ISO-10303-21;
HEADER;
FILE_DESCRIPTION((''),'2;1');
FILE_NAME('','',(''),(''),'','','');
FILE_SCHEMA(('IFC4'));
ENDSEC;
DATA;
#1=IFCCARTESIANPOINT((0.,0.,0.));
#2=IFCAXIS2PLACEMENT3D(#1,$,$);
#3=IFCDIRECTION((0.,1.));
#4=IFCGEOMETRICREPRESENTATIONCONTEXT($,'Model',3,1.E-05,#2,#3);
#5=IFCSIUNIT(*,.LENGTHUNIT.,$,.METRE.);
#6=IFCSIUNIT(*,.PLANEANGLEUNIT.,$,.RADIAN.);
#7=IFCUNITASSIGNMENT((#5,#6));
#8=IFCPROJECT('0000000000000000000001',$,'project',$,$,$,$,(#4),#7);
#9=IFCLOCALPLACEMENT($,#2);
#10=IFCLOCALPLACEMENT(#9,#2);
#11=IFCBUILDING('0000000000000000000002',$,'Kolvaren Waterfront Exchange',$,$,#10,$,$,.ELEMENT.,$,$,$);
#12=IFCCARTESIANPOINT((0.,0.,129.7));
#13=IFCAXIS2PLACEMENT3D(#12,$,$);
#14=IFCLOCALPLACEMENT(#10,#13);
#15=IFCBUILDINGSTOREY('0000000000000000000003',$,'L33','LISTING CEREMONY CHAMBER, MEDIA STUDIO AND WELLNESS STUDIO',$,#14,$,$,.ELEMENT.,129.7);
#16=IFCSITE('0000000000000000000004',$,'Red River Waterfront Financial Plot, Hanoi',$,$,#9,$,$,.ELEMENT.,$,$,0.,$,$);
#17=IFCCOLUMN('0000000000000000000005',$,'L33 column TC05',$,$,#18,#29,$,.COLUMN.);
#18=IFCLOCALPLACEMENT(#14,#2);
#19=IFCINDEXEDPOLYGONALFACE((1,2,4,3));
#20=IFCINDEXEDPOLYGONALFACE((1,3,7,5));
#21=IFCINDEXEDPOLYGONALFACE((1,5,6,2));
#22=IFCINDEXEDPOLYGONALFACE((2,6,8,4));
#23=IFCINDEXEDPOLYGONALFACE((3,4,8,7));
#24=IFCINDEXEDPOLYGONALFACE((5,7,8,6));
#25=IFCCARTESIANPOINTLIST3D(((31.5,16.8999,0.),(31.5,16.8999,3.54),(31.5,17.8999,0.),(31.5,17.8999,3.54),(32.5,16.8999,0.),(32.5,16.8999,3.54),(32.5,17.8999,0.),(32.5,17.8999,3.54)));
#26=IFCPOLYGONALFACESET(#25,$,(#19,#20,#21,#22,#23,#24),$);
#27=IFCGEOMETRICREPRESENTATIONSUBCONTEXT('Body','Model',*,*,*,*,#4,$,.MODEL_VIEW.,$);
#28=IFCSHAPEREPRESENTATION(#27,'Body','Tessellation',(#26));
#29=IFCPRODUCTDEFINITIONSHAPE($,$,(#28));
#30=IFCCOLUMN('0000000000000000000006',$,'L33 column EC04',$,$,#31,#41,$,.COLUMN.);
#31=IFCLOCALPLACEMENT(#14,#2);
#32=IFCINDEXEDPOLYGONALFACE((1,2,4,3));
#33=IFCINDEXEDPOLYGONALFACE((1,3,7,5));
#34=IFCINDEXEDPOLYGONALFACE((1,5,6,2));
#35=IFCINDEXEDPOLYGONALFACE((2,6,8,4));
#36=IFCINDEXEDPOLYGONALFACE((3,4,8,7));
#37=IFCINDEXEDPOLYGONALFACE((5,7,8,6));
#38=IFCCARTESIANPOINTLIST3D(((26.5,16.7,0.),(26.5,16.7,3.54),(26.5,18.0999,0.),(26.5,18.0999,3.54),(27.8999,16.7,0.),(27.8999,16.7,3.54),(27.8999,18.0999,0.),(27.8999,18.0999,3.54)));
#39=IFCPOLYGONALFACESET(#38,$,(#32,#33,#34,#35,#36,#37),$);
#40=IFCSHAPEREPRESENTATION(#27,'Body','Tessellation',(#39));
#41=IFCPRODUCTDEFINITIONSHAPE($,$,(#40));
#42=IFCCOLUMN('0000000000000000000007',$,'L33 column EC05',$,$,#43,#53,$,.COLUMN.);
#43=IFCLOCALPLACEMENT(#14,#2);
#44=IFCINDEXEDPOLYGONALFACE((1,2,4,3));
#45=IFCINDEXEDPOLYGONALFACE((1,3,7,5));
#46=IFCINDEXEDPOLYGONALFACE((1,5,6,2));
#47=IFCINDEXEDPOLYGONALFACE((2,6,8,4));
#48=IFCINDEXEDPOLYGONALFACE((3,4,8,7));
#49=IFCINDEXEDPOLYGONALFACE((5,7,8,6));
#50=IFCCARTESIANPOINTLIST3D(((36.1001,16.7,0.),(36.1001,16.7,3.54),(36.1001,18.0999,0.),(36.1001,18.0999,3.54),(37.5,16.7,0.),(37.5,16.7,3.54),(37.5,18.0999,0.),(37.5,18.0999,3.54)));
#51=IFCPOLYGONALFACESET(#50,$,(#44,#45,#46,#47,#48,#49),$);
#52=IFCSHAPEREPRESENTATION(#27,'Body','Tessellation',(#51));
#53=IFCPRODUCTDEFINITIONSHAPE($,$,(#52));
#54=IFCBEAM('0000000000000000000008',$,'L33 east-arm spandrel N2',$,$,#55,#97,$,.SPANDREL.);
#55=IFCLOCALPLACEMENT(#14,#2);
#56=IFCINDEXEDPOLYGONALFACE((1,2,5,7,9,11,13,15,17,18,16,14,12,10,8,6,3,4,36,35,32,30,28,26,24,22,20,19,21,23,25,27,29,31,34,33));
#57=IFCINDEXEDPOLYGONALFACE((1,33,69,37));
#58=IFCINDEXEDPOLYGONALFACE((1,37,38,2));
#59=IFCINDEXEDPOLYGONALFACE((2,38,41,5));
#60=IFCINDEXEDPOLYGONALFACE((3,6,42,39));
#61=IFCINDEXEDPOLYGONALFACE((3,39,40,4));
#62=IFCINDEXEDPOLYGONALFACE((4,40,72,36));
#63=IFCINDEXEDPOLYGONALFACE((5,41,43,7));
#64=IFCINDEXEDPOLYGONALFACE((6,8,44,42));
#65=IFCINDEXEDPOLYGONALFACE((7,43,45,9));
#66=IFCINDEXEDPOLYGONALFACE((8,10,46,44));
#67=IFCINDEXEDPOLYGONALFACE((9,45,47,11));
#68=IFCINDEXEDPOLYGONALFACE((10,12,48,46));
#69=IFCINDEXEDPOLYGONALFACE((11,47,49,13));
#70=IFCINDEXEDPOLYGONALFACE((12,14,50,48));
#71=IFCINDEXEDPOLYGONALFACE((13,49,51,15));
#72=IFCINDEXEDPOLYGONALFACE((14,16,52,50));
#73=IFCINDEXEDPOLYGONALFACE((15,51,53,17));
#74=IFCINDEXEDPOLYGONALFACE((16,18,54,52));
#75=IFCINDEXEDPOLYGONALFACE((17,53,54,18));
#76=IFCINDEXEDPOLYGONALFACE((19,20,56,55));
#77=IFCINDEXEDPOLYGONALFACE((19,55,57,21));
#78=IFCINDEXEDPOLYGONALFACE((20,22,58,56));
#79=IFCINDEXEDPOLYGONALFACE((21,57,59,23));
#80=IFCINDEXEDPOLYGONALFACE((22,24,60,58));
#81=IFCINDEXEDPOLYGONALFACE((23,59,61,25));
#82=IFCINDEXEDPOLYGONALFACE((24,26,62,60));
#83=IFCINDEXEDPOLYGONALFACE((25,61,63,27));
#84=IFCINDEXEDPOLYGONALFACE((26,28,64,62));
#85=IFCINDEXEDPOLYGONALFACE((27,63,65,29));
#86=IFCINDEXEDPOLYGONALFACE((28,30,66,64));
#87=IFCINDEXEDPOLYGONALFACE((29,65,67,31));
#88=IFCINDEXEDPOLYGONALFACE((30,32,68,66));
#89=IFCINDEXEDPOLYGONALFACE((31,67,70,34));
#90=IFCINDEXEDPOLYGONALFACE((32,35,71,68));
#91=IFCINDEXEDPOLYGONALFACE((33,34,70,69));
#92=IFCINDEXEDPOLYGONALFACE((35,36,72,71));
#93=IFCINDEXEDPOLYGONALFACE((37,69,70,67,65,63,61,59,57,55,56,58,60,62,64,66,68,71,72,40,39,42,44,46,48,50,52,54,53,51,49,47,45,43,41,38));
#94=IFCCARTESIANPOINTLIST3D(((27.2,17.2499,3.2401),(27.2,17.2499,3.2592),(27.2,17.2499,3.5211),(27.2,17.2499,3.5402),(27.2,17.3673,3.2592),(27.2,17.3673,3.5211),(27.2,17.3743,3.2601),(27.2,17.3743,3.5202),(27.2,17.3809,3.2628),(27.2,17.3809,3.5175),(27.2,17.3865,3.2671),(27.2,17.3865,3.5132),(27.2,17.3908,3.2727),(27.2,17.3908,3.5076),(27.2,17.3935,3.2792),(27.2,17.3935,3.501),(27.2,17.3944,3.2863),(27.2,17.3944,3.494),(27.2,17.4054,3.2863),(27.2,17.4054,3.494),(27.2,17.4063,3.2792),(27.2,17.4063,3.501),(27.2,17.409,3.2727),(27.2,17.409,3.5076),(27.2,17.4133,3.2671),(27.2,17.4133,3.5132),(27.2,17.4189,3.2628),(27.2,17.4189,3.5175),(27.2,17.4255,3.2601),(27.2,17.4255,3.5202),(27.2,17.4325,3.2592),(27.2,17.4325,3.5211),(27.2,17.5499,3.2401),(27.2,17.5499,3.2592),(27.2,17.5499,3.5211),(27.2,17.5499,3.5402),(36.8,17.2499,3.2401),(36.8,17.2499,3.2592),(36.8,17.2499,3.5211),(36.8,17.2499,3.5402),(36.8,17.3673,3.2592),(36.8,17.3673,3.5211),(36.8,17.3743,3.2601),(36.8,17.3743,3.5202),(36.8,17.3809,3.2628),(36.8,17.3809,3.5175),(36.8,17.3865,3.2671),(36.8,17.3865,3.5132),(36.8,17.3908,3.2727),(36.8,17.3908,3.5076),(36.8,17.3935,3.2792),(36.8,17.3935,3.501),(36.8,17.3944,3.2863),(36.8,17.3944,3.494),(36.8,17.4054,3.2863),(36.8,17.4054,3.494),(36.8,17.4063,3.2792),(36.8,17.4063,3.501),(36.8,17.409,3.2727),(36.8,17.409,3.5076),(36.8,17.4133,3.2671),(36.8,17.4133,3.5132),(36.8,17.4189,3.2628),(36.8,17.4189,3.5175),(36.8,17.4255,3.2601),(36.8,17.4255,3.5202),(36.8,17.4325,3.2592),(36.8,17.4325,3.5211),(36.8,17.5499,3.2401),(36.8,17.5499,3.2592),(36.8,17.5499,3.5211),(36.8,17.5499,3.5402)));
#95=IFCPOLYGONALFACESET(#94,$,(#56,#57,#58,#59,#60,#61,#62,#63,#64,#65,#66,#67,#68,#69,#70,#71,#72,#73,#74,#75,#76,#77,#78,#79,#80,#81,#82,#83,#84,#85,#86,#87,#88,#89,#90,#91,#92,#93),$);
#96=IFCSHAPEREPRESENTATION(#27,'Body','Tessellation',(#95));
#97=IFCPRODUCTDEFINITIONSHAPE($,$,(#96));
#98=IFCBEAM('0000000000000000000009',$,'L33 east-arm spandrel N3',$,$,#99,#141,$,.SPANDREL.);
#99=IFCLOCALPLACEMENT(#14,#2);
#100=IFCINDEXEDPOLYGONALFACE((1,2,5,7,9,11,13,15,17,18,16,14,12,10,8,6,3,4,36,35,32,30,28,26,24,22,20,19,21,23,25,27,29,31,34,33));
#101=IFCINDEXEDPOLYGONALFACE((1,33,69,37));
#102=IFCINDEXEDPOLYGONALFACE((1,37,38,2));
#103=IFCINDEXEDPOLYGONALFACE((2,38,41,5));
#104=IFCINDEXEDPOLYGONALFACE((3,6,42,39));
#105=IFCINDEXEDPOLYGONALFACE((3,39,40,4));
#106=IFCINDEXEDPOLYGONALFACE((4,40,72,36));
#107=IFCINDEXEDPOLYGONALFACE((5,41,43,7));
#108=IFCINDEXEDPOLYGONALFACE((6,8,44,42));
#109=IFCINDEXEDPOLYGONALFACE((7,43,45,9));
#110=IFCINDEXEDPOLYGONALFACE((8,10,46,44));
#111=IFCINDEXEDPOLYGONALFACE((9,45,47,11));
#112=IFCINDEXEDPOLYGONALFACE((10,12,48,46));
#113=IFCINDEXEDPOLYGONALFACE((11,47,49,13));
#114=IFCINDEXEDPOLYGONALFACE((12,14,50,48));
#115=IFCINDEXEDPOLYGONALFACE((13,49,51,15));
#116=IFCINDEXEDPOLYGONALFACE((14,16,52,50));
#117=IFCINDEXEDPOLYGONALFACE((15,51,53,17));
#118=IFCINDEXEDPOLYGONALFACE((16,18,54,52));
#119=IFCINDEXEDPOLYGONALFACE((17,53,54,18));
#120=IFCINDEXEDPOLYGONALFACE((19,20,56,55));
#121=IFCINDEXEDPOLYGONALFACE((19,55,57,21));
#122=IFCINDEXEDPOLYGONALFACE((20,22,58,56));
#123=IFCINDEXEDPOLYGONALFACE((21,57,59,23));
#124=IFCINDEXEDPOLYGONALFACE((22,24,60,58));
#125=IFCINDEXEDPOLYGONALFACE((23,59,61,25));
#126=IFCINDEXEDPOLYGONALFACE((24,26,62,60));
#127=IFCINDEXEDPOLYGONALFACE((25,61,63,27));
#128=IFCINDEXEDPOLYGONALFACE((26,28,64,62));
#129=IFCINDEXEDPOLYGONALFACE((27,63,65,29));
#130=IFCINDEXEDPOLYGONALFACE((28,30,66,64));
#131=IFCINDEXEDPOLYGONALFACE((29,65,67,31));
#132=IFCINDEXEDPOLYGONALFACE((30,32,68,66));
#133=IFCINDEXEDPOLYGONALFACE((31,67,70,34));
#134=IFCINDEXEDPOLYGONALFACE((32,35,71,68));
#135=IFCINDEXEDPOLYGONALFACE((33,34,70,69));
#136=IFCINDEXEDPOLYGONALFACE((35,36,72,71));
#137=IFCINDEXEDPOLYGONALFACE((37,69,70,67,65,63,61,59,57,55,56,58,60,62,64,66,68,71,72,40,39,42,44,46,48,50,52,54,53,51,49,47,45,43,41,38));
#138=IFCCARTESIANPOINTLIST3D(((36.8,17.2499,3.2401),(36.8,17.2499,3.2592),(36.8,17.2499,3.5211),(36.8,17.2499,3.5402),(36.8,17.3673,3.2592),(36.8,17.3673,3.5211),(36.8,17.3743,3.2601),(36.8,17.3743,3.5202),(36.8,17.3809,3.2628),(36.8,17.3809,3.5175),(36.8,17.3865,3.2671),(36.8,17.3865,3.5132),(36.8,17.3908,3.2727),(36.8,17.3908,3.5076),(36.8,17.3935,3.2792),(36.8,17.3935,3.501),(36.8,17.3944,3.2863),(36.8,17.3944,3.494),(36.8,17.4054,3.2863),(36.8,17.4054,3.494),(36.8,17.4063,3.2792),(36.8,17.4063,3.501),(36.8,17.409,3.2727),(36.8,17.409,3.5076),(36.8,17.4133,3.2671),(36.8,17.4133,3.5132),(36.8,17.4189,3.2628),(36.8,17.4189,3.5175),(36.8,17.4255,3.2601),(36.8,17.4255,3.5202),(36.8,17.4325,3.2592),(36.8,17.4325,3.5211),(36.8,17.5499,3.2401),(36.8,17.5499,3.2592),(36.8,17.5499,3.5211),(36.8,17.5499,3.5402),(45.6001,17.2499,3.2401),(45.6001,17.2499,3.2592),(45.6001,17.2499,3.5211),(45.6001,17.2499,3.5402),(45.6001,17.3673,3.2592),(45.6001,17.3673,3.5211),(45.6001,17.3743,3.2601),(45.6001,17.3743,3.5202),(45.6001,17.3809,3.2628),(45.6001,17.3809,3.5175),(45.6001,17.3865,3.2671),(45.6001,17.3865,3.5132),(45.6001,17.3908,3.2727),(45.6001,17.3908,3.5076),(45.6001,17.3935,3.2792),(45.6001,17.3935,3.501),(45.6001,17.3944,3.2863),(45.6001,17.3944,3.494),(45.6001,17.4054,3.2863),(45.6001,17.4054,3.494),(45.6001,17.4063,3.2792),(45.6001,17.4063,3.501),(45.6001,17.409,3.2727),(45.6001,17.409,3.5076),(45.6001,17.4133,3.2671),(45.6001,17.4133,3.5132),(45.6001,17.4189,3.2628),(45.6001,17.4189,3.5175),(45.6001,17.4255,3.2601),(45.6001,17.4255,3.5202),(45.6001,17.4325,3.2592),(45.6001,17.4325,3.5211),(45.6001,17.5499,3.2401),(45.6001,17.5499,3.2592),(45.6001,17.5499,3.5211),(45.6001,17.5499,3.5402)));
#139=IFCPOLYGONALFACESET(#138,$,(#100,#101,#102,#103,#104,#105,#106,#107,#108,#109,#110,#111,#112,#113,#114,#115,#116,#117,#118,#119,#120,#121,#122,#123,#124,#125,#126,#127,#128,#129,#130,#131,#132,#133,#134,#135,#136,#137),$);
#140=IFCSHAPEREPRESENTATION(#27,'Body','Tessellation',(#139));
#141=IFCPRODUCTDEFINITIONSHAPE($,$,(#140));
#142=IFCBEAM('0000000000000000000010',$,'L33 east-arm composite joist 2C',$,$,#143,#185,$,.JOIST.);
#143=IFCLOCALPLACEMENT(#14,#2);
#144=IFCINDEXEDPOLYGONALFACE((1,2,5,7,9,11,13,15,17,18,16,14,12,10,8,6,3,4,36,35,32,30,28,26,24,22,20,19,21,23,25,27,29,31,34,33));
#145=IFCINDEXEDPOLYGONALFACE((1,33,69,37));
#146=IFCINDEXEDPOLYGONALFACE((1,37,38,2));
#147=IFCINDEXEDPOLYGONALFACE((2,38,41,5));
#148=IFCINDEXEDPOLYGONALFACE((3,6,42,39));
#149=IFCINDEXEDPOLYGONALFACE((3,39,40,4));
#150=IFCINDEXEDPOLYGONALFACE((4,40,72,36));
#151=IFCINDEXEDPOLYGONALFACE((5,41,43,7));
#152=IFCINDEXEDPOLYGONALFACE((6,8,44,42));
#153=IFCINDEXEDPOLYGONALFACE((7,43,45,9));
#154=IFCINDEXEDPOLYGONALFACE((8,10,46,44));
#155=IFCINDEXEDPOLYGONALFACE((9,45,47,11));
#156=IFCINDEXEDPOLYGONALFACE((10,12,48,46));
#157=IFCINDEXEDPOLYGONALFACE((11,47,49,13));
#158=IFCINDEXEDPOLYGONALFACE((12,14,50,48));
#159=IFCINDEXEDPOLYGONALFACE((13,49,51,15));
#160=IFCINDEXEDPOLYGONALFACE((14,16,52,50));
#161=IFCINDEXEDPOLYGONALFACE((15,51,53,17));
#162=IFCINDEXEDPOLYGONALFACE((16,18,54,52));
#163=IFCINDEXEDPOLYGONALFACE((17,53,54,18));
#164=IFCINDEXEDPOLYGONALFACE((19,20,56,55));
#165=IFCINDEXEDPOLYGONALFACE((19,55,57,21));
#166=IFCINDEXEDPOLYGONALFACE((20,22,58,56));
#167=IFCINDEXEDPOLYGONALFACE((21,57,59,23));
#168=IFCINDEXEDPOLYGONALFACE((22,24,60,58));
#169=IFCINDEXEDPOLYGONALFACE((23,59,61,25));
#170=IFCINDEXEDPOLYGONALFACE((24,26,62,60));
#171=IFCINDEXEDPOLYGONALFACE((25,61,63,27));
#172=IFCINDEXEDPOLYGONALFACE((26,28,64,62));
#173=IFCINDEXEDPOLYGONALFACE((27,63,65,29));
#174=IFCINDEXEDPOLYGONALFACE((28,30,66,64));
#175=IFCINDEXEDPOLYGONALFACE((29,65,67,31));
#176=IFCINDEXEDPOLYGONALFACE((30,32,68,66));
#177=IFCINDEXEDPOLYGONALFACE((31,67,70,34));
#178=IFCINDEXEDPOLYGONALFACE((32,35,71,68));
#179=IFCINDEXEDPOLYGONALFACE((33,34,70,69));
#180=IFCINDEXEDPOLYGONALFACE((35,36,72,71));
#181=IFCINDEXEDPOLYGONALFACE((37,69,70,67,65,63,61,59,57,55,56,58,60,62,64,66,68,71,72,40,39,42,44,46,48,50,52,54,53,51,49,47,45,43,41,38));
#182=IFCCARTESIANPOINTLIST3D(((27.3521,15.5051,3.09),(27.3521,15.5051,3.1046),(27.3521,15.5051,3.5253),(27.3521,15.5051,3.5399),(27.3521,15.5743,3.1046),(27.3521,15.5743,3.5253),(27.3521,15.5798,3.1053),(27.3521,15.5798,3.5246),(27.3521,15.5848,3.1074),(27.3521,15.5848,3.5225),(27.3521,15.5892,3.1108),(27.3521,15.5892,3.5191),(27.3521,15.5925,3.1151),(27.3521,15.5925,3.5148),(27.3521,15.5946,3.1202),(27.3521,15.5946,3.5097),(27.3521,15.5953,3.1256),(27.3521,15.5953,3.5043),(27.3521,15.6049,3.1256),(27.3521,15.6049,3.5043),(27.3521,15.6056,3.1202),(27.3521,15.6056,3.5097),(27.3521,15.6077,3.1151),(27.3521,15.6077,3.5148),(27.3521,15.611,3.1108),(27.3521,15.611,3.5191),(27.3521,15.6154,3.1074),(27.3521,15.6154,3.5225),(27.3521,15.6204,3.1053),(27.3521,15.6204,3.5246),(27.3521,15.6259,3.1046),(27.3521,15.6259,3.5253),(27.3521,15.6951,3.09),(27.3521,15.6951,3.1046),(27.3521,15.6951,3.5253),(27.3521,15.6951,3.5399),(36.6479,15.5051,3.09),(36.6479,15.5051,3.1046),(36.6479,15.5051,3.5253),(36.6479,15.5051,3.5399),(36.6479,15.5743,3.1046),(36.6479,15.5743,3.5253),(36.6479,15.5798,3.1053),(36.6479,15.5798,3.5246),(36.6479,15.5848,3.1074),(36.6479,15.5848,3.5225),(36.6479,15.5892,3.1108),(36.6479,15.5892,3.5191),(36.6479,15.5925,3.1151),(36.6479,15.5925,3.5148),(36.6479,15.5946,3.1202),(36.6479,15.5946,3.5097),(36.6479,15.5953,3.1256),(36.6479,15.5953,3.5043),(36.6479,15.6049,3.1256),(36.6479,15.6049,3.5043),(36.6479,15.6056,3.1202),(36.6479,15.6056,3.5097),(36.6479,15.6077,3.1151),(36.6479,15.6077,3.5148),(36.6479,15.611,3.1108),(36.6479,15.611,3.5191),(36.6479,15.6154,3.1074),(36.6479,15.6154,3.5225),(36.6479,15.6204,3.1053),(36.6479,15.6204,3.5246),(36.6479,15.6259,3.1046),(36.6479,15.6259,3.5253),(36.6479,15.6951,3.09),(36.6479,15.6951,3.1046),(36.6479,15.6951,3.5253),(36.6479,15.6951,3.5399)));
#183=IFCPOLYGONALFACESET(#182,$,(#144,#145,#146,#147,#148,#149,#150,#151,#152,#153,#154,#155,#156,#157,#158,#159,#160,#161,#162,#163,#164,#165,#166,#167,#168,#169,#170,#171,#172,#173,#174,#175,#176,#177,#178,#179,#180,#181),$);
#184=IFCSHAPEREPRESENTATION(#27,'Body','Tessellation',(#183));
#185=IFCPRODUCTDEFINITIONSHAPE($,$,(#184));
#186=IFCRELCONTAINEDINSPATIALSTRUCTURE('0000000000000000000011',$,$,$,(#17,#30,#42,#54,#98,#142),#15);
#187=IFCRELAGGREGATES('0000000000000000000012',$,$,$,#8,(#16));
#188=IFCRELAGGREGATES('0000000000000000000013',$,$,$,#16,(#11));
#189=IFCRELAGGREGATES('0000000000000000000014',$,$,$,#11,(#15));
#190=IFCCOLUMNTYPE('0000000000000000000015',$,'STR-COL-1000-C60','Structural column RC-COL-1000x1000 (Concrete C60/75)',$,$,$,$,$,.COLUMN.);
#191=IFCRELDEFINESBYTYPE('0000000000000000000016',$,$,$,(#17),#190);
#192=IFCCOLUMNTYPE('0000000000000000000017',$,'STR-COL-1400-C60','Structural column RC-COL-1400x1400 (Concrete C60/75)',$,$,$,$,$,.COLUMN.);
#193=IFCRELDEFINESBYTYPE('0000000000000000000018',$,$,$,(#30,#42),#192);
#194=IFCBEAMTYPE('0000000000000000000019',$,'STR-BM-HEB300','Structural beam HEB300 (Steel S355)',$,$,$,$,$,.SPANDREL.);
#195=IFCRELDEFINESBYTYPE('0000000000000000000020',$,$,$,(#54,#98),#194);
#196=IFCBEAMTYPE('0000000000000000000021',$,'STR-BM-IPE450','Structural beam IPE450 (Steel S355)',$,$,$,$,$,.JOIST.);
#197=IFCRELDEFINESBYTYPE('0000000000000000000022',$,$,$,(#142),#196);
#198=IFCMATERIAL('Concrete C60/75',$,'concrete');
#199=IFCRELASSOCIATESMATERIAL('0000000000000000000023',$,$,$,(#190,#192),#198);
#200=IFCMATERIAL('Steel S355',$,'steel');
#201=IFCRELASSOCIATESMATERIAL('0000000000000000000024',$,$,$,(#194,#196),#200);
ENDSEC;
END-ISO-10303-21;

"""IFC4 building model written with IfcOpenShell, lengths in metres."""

from ifc_helpers import new_model, si_unit, direction, frame, origin, origin_2d, place, context, subcontext, project, spatial, rectangle, i_section, extrude, material, material_profile, profile_set, type_object, element, save


model = new_model("IFC4")

# Units and contexts
model_context = context("Model", 3, precision=1e-05, world=origin(), true_north=direction((0.0, 1.0)))
body_context = subcontext(model_context, "Body", "Model", "MODEL_VIEW")
ifc_project = project(units=[si_unit("LENGTHUNIT", "METRE"), si_unit("PLANEANGLEUNIT", "RADIAN")], contexts=[model_context])

# Site, building, storey
site_placement = place(None, origin())
site = spatial("IfcSite", under=ifc_project, at=site_placement, Name="Red River Waterfront Financial Plot, Hanoi", CompositionType="ELEMENT", RefElevation=0.0)
building_placement = place(site_placement, origin())
building = spatial("IfcBuilding", under=site, at=building_placement, Name="Kolvaren Waterfront Exchange", CompositionType="ELEMENT")
storey_placement = place(building_placement, frame((0.0, 0.0, 129.7)))
storey = spatial("IfcBuildingStorey", under=building, at=storey_placement, Name="L33", Description="LISTING CEREMONY CHAMBER, MEDIA STUDIO AND WELLNESS STUDIO", CompositionType="ELEMENT", Elevation=129.7)

# Columns
ifc_material_1 = material(Name="Concrete C60/75", Category="concrete")
ifc_material_profile_1 = material_profile(ifc_material_1, rectangle(XDim=1.0, YDim=1.0, at=origin_2d()), Name="RC-COL-1000x1000")
ifc_profile_set_1 = profile_set([ifc_material_profile_1], Name="Concrete C60/75")
column_type_1 = type_object("IfcColumnType", Name="STR-COL-1000-C60", Description="Structural column RC-COL-1000x1000 (Concrete C60/75)", PredefinedType="COLUMN", material=ifc_profile_set_1)
column_placement = place(storey_placement, frame((32.0, 17.3999, 0.0), z_axis=(0.0, 0.0, 1.0), x_axis=(1.0, 0.0, 0.0)))
element("IfcColumn", 1, at=column_placement, inside=storey, type_object=column_type_1, Name="L33 column TC05", PredefinedType="COLUMN", context=body_context, shape_type="SweptSolid", body=[
    extrude(rectangle(XDim=1.0, YDim=1.0, at=origin_2d()), origin(), (0.0, 0.0, 1.0), 3.54),
])
ifc_material_profile_2 = material_profile(ifc_material_1, rectangle(XDim=1.3999, YDim=1.3999, at=origin_2d()), Name="RC-COL-1400x1400")
ifc_profile_set_2 = profile_set([ifc_material_profile_2], Name="Concrete C60/75")
column_type_2 = type_object("IfcColumnType", Name="STR-COL-1400-C60", Description="Structural column RC-COL-1400x1400 (Concrete C60/75)", PredefinedType="COLUMN", material=ifc_profile_set_2)
for number, where, z_axis, x_axis, name in (
    (2, (27.2, 17.3999, 0.0), (0.0, 0.0, 1.0), (1.0, 0.0, 0.0), "L33 column EC04"),
    (3, (36.8, 17.3999, 0.0), (0.0, 0.0, 1.0), (1.0, 0.0, 0.0), "L33 column EC05"),
):
    element("IfcColumn", number, at=place(storey_placement, frame(where, z_axis=z_axis, x_axis=x_axis)), inside=storey, type_object=column_type_2, Name=name, PredefinedType="COLUMN", context=body_context, shape_type="SweptSolid", body=[
        extrude(rectangle(XDim=1.3999, YDim=1.3999, at=origin_2d()), origin(), (0.0, 0.0, 1.0), 3.54),
    ])

# Beams
ifc_material_2 = material(Name="Steel S355", Category="steel")
ifc_material_profile_3 = material_profile(ifc_material_2, i_section(OverallWidth=0.3, OverallDepth=0.3, WebThickness=0.011, FlangeThickness=0.019, FilletRadius=0.0271, at=origin_2d()), Name="HEB300")
ifc_profile_set_3 = profile_set([ifc_material_profile_3], Name="Steel S355")
beam_type_1 = type_object("IfcBeamType", Name="STR-BM-HEB300", Description="Structural beam HEB300 (Steel S355)", PredefinedType="SPANDREL", material=ifc_profile_set_3)
beam_1_placement = place(storey_placement, frame((27.2, 17.3999, 3.3901), z_axis=(1.0, 0.0, 0.0), x_axis=(0.0, 1.0, 0.0)))
element("IfcBeam", 4, at=beam_1_placement, inside=storey, type_object=beam_type_1, Name="L33 east-arm spandrel N2", PredefinedType="SPANDREL", context=body_context, shape_type="SweptSolid", body=[
    extrude(i_section(OverallWidth=0.3, OverallDepth=0.3, WebThickness=0.011, FlangeThickness=0.019, FilletRadius=0.0271, at=origin_2d()), origin(), (0.0, 0.0, 1.0), 9.6001),
])
beam_2_placement = place(storey_placement, frame((36.8, 17.3999, 3.3901), z_axis=(1.0, 0.0, 0.0), x_axis=(0.0, 1.0, 0.0)))
element("IfcBeam", 5, at=beam_2_placement, inside=storey, type_object=beam_type_1, Name="L33 east-arm spandrel N3", PredefinedType="SPANDREL", context=body_context, shape_type="SweptSolid", body=[
    extrude(i_section(OverallWidth=0.3, OverallDepth=0.3, WebThickness=0.011, FlangeThickness=0.019, FilletRadius=0.0271, at=origin_2d()), origin(), (0.0, 0.0, 1.0), 8.8),
])
ifc_material_profile_4 = material_profile(ifc_material_2, i_section(OverallWidth=0.1899, OverallDepth=0.45, WebThickness=0.0095, FlangeThickness=0.0146, FilletRadius=0.021, at=origin_2d()), Name="IPE450")
ifc_profile_set_4 = profile_set([ifc_material_profile_4], Name="Steel S355")
beam_type_2 = type_object("IfcBeamType", Name="STR-BM-IPE450", Description="Structural beam IPE450 (Steel S355)", PredefinedType="JOIST", material=ifc_profile_set_4)
beam_3_placement = place(storey_placement, frame((27.3521, 15.6001, 3.3149), z_axis=(1.0, 0.0, 0.0), x_axis=(0.0, 1.0, 0.0)))
element("IfcBeam", 6, at=beam_3_placement, inside=storey, type_object=beam_type_2, Name="L33 east-arm composite joist 2C", PredefinedType="JOIST", context=body_context, shape_type="SweptSolid", body=[
    extrude(i_section(OverallWidth=0.1899, OverallDepth=0.45, WebThickness=0.0095, FlangeThickness=0.0146, FilletRadius=0.021, at=origin_2d()), origin(), (0.0, 0.0, 1.0), 9.2959),
])

save(model, "model.ifc")
